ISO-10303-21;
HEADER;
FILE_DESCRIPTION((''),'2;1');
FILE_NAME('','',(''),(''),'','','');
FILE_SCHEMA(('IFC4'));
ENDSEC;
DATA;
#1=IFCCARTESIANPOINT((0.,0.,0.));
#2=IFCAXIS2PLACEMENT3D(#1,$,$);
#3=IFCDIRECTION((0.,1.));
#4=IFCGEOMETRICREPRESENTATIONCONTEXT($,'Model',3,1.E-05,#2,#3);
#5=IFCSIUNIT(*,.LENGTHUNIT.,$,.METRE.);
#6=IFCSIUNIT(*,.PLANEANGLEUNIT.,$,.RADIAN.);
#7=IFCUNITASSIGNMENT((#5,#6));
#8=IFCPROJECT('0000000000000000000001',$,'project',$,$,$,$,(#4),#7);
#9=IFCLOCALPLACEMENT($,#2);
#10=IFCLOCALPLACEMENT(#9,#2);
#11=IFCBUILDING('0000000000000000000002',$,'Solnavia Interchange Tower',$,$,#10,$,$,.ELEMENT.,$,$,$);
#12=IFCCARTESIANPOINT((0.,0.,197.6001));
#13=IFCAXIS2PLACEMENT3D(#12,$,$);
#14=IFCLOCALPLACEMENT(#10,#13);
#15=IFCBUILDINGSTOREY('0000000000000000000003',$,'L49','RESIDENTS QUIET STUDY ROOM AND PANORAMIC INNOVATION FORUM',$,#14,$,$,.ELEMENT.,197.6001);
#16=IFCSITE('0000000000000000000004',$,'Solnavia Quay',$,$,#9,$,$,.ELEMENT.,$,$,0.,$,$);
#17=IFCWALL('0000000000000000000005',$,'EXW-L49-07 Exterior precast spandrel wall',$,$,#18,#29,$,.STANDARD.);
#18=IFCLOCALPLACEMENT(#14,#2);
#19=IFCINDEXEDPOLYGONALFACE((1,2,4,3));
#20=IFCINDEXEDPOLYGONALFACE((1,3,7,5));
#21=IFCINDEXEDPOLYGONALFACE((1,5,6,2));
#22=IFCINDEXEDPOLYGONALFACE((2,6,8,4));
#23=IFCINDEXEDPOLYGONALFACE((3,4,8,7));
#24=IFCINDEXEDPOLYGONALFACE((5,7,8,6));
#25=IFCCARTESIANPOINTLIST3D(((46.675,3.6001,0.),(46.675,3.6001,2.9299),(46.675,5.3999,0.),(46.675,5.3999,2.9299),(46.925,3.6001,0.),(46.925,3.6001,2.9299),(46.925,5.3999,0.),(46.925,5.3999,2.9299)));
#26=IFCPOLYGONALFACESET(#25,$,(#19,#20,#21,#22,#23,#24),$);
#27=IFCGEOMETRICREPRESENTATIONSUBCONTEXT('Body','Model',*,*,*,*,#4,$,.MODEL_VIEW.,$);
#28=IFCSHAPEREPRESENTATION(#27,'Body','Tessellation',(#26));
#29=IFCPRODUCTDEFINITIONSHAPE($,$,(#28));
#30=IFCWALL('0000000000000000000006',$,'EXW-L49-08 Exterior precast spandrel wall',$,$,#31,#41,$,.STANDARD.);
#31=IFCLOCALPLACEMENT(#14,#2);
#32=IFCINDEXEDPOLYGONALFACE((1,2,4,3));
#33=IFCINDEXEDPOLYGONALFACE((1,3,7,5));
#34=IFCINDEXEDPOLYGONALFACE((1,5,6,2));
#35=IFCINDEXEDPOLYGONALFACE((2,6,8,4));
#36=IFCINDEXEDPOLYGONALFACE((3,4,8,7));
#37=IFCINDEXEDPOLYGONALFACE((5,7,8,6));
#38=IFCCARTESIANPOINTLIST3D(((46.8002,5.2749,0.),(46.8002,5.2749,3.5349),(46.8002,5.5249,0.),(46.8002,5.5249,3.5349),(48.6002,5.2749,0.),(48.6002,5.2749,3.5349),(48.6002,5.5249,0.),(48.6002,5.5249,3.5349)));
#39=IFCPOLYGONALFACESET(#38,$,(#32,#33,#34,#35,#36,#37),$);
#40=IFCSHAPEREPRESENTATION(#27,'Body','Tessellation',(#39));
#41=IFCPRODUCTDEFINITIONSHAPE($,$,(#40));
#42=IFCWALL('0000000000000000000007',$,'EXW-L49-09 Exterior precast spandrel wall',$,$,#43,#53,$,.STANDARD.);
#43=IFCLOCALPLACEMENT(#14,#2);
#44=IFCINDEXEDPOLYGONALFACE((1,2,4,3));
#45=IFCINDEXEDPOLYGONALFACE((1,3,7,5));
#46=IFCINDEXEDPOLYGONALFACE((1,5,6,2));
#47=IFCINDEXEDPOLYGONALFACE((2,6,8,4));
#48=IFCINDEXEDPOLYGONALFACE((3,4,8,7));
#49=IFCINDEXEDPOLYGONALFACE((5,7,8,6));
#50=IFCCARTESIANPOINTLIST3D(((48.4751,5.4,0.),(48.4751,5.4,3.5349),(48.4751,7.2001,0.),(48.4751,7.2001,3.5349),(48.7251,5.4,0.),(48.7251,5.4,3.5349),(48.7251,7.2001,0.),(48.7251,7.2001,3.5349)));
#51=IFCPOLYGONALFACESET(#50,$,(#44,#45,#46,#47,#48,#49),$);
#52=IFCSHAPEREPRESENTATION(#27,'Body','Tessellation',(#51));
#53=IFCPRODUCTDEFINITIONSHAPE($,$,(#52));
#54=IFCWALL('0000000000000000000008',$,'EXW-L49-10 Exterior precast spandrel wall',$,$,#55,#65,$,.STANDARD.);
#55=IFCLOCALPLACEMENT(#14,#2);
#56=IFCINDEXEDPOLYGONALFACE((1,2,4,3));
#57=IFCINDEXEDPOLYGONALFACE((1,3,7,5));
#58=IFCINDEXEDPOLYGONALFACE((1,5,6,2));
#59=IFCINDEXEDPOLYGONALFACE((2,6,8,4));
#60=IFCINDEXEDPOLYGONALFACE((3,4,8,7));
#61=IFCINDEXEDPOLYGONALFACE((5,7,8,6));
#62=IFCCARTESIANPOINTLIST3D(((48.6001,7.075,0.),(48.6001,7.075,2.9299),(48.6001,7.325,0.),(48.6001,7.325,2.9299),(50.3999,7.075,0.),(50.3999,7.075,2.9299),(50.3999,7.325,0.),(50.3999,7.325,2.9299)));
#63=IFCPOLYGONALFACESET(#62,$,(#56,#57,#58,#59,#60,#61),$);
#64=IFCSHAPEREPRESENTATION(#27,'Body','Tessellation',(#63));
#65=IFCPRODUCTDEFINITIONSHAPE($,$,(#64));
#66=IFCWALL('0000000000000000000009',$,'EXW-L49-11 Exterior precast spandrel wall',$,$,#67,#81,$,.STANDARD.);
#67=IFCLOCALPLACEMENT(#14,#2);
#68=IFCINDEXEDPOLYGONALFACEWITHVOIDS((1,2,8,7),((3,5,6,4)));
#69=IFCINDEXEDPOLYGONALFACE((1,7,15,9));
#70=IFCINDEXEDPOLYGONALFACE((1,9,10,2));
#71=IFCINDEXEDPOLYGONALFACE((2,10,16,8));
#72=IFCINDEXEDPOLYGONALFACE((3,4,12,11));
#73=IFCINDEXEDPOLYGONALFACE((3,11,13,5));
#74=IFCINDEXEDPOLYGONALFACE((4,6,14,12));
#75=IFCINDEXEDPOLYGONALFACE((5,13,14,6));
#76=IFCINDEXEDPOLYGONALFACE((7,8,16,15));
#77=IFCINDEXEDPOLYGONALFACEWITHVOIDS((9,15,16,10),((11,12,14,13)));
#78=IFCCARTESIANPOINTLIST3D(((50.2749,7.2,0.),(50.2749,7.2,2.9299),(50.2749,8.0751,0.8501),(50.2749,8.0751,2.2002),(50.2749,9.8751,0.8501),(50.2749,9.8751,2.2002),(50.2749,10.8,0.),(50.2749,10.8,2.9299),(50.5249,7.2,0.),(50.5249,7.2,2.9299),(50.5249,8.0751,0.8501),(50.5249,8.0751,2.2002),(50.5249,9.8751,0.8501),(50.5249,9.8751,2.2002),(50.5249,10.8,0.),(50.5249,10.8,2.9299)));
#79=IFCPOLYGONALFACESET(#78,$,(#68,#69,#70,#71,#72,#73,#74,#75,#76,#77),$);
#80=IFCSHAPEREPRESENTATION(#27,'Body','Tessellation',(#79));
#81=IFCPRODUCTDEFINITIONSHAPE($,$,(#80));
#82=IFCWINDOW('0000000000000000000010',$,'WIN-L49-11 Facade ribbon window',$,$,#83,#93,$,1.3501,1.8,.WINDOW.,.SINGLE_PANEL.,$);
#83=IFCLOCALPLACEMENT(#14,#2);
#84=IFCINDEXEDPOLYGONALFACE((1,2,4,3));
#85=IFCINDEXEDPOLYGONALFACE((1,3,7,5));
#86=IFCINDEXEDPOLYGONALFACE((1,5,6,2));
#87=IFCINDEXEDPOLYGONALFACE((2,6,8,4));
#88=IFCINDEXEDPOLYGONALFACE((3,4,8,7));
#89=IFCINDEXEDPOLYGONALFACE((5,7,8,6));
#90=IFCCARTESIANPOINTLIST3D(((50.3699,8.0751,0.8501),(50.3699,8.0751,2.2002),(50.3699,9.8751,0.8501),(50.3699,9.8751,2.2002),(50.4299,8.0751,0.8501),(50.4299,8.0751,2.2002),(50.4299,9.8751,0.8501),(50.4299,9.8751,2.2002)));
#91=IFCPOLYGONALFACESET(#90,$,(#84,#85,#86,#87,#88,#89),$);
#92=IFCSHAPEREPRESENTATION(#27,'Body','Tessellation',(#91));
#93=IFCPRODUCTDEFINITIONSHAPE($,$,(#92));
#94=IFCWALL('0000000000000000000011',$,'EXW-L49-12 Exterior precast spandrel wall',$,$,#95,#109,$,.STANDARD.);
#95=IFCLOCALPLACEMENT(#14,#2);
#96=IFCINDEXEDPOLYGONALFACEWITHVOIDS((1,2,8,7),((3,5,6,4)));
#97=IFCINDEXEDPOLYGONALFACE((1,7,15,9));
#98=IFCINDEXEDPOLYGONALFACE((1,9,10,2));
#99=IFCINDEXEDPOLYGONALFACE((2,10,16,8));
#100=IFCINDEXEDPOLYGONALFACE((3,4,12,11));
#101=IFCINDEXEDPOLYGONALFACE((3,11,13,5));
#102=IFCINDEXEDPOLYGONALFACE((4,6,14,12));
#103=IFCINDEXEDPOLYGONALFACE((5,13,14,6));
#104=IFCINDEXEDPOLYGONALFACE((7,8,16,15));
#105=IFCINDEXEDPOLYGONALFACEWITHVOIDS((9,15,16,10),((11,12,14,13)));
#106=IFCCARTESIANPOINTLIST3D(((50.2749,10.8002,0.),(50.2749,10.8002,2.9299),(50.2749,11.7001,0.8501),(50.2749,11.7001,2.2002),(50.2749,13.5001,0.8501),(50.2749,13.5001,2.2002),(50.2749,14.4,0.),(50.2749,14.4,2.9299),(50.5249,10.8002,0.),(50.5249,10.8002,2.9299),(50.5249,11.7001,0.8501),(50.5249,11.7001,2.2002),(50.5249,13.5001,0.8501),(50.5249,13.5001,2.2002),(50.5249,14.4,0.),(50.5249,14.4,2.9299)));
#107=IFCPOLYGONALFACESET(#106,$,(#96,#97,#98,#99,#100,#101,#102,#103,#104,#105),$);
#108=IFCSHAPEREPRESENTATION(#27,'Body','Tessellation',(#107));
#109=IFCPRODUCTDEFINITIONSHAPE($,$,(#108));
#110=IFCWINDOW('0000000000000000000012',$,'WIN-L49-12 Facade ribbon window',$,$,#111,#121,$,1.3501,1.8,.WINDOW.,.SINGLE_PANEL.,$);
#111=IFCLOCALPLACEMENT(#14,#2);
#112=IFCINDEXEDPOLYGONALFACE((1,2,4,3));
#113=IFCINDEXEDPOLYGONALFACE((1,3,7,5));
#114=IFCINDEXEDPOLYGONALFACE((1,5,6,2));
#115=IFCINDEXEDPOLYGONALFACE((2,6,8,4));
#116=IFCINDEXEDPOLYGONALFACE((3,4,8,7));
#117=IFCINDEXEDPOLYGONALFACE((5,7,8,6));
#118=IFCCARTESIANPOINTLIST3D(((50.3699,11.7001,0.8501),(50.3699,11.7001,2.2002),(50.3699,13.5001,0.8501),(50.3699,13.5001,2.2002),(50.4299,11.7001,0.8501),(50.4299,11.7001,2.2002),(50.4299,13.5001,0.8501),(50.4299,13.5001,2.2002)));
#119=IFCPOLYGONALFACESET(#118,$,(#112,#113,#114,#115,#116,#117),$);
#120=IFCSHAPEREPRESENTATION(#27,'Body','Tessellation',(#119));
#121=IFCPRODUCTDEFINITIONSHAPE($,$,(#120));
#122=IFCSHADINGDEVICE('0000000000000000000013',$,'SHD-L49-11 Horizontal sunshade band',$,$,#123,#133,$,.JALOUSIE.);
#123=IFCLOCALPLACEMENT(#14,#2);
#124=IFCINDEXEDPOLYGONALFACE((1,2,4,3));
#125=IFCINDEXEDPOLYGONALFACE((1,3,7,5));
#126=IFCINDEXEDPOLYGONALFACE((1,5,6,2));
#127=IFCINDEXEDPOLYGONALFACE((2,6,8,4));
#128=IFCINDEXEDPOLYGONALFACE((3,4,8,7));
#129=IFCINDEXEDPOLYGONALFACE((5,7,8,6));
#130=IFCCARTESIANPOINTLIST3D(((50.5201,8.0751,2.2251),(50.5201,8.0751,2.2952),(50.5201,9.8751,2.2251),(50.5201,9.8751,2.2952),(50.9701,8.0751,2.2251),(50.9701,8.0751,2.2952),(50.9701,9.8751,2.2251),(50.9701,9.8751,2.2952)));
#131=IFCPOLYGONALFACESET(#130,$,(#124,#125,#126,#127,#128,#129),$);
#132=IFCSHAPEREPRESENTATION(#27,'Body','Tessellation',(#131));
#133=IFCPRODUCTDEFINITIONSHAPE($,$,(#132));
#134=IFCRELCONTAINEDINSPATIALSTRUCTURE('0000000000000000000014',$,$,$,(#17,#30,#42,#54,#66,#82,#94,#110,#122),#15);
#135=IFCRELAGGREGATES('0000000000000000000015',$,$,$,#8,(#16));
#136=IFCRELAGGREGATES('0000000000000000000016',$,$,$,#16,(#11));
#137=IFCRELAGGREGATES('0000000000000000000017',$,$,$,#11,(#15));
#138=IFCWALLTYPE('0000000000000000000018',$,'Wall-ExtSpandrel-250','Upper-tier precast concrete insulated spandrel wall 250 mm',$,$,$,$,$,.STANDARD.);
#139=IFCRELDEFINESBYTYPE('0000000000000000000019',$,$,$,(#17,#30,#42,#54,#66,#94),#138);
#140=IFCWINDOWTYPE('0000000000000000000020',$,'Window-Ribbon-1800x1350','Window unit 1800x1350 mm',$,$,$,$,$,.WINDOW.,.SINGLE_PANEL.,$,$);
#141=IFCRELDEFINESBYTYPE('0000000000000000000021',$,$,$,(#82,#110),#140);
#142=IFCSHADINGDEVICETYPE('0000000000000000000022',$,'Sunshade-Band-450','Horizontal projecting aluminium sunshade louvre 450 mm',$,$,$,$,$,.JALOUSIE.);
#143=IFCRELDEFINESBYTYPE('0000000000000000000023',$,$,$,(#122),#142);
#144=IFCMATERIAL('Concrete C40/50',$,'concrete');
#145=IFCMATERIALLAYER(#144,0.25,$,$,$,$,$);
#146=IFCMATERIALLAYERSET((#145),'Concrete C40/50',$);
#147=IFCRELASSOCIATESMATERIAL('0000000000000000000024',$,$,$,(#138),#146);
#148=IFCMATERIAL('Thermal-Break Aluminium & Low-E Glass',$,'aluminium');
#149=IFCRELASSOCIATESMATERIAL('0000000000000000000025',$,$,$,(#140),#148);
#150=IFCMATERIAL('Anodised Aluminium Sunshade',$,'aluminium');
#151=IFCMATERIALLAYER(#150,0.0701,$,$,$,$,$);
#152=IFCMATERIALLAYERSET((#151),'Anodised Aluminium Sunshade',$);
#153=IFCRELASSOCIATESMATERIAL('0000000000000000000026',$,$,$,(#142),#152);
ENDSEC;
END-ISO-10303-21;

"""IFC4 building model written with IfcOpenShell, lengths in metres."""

from ifc_helpers import new_model, si_unit, direction, frame, frame_2d, origin, origin_2d, place, context, subcontext, project, spatial, rectangle, extrude, material, layer, layer_set, type_object, element, fill, save


model = new_model("IFC4")

# Units and contexts
model_context = context("Model", 3, precision=1e-05, world=origin(), true_north=direction((0.0, 1.0)))
body_context = subcontext(model_context, "Body", "Model", "MODEL_VIEW")
ifc_project = project(units=[si_unit("LENGTHUNIT", "METRE"), si_unit("PLANEANGLEUNIT", "RADIAN")], contexts=[model_context])

# Site, building, storey
site_placement = place(None, origin())
site = spatial("IfcSite", under=ifc_project, at=site_placement, Name="Solnavia Quay", CompositionType="ELEMENT", RefElevation=0.0)
building_placement = place(site_placement, origin())
building = spatial("IfcBuilding", under=site, at=building_placement, Name="Solnavia Interchange Tower", CompositionType="ELEMENT")
storey_placement = place(building_placement, frame((0.0, 0.0, 197.6001)))
storey = spatial("IfcBuildingStorey", under=building, at=storey_placement, Name="L49", Description="RESIDENTS QUIET STUDY ROOM AND PANORAMIC INNOVATION FORUM", CompositionType="ELEMENT", Elevation=197.6001)

# Shared definitions
ifc_material_1 = material(Name="Concrete C40/50", Category="concrete")
ifc_layer_1 = layer(ifc_material_1, 0.25)
ifc_layer_set_1 = layer_set([ifc_layer_1], Name="Concrete C40/50")
wall_type = type_object("IfcWallType", Name="Wall-ExtSpandrel-250", Description="Upper-tier precast concrete insulated spandrel wall 250 mm", PredefinedType="STANDARD", material=ifc_layer_set_1)
ifc_material_2 = material(Name="Thermal-Break Aluminium & Low-E Glass", Category="aluminium")
window_type = type_object("IfcWindowType", Name="Window-Ribbon-1800x1350", Description="Window unit 1800x1350 mm", PartitioningType="SINGLE_PANEL", PredefinedType="WINDOW", material=ifc_material_2)

# Walls
wall_1_placement = place(storey_placement, frame((46.8, 5.3999, 0.0), z_axis=(0.0, 0.0, 1.0), x_axis=(0.0, -1.0, 0.0)))
element("IfcWall", 1, at=wall_1_placement, inside=storey, type_object=wall_type, Name="EXW-L49-07 Exterior precast spandrel wall", PredefinedType="STANDARD", context=body_context, shape_type="SweptSolid", body=[
    extrude(rectangle(XDim=1.7998, YDim=0.25, at=frame_2d((0.8999, 0.0))), origin(), (0.0, 0.0, 1.0), 2.9299),
])
for number, where, z_axis, x_axis, name in (
    (2, (48.6001, 5.3999, 0.0), (0.0, 0.0, 1.0), (-1.0, 0.0, 0.0), "EXW-L49-08 Exterior precast spandrel wall"),
    (3, (48.6001, 7.2, 0.0), (0.0, 0.0, 1.0), (0.0, -1.0, 0.0), "EXW-L49-09 Exterior precast spandrel wall"),
):
    element("IfcWall", number, at=place(storey_placement, frame(where, z_axis=z_axis, x_axis=x_axis)), inside=storey, type_object=wall_type, Name=name, PredefinedType="STANDARD", context=body_context, shape_type="SweptSolid", body=[
        extrude(rectangle(XDim=1.8, YDim=0.25, at=frame_2d((0.8999, 0.0))), origin(), (0.0, 0.0, 1.0), 3.5349),
    ])
wall_2_placement = place(storey_placement, frame((50.3999, 7.2, 0.0), z_axis=(0.0, 0.0, 1.0), x_axis=(-1.0, 0.0, 0.0)))
element("IfcWall", 4, at=wall_2_placement, inside=storey, type_object=wall_type, Name="EXW-L49-10 Exterior precast spandrel wall", PredefinedType="STANDARD", context=body_context, shape_type="SweptSolid", body=[
    extrude(rectangle(XDim=1.7998, YDim=0.25, at=frame_2d((0.8999, 0.0))), origin(), (0.0, 0.0, 1.0), 2.9299),
])

# Walls, openings, windows
wall_3_placement = place(storey_placement, frame((50.3999, 10.8, 0.0), z_axis=(0.0, 0.0, 1.0), x_axis=(0.0, -1.0, 0.0)))
wall_3 = element("IfcWall", 5, at=wall_3_placement, inside=storey, type_object=wall_type, Name="EXW-L49-11 Exterior precast spandrel wall", PredefinedType="STANDARD", context=body_context, shape_type="SweptSolid", body=[
    extrude(rectangle(XDim=3.6001, YDim=0.25, at=frame_2d((1.8, 0.0))), origin(), (0.0, 0.0, 1.0), 2.9299),
])
opening_1_placement = place(wall_3_placement, frame((0.925, 0.0, 0.8501)))
opening_1 = element("IfcOpeningElement", 6, at=opening_1_placement, cuts=wall_3, PredefinedType="OPENING", context=body_context, shape_type="SweptSolid", body=[
    extrude(rectangle(XDim=1.8, YDim=1.3501, at=frame_2d((0.8999, 0.675))), frame((0.0, 0.135, 0.0), z_axis=(0.0, -1.0, 0.0), x_axis=(1.0, 0.0, 0.0)), (0.0, 0.0, 1.0), 0.27),
])
window_1_placement = place(opening_1_placement, origin())
window_1 = element("IfcWindow", 7, at=window_1_placement, inside=storey, type_object=window_type, Name="WIN-L49-11 Facade ribbon window", OverallHeight=1.3501, OverallWidth=1.8, PartitioningType="SINGLE_PANEL", PredefinedType="WINDOW", context=body_context, shape_type="SweptSolid", body=[
    extrude(rectangle(XDim=1.8, YDim=1.3501, at=frame_2d((0.8999, 0.675))), frame((0.0, 0.03, 0.0), z_axis=(0.0, -1.0, 0.0), x_axis=(1.0, 0.0, 0.0)), (0.0, 0.0, 1.0), 0.0601),
])
fill(opening_1, window_1)
wall_4_placement = place(storey_placement, frame((50.3999, 14.3999, 0.0), z_axis=(0.0, 0.0, 1.0), x_axis=(0.0, -1.0, 0.0)))
wall_4 = element("IfcWall", 8, at=wall_4_placement, inside=storey, type_object=wall_type, Name="EXW-L49-12 Exterior precast spandrel wall", PredefinedType="STANDARD", context=body_context, shape_type="SweptSolid", body=[
    extrude(rectangle(XDim=3.5999, YDim=0.25, at=frame_2d((1.7998, 0.0))), origin(), (0.0, 0.0, 1.0), 2.9299),
])
opening_2_placement = place(wall_4_placement, frame((0.8999, 0.0, 0.8501)))
opening_2 = element("IfcOpeningElement", 9, at=opening_2_placement, cuts=wall_4, PredefinedType="OPENING", context=body_context, shape_type="SweptSolid", body=[
    extrude(rectangle(XDim=1.8, YDim=1.3501, at=frame_2d((0.8999, 0.675))), frame((0.0, 0.135, 0.0), z_axis=(0.0, -1.0, 0.0), x_axis=(1.0, 0.0, 0.0)), (0.0, 0.0, 1.0), 0.27),
])
window_2_placement = place(opening_2_placement, origin())
window_2 = element("IfcWindow", 10, at=window_2_placement, inside=storey, type_object=window_type, Name="WIN-L49-12 Facade ribbon window", OverallHeight=1.3501, OverallWidth=1.8, PartitioningType="SINGLE_PANEL", PredefinedType="WINDOW", context=body_context, shape_type="SweptSolid", body=[
    extrude(rectangle(XDim=1.8, YDim=1.3501, at=frame_2d((0.8999, 0.675))), frame((0.0, 0.03, 0.0), z_axis=(0.0, -1.0, 0.0), x_axis=(1.0, 0.0, 0.0)), (0.0, 0.0, 1.0), 0.0601),
])
fill(opening_2, window_2)

# Shading device
ifc_material_3 = material(Name="Anodised Aluminium Sunshade", Category="aluminium")
ifc_layer_2 = layer(ifc_material_3, 0.0701)
ifc_layer_set_2 = layer_set([ifc_layer_2], Name="Anodised Aluminium Sunshade")
shading_device_type = type_object("IfcShadingDeviceType", Name="Sunshade-Band-450", Description="Horizontal projecting aluminium sunshade louvre 450 mm", PredefinedType="JALOUSIE", material=ifc_layer_set_2)
shading_device_placement = place(storey_placement, frame((50.7451, 8.9751, 2.2251), z_axis=(0.0, 0.0, 1.0), x_axis=(0.0, -1.0, 0.0)))
element("IfcShadingDevice", 11, at=shading_device_placement, inside=storey, type_object=shading_device_type, Name="SHD-L49-11 Horizontal sunshade band", PredefinedType="JALOUSIE", context=body_context, shape_type="SweptSolid", body=[
    extrude(rectangle(XDim=1.8, YDim=0.45, at=origin_2d()), origin(), (0.0, 0.0, 1.0), 0.0701),
])

save(model, "model.ifc")
